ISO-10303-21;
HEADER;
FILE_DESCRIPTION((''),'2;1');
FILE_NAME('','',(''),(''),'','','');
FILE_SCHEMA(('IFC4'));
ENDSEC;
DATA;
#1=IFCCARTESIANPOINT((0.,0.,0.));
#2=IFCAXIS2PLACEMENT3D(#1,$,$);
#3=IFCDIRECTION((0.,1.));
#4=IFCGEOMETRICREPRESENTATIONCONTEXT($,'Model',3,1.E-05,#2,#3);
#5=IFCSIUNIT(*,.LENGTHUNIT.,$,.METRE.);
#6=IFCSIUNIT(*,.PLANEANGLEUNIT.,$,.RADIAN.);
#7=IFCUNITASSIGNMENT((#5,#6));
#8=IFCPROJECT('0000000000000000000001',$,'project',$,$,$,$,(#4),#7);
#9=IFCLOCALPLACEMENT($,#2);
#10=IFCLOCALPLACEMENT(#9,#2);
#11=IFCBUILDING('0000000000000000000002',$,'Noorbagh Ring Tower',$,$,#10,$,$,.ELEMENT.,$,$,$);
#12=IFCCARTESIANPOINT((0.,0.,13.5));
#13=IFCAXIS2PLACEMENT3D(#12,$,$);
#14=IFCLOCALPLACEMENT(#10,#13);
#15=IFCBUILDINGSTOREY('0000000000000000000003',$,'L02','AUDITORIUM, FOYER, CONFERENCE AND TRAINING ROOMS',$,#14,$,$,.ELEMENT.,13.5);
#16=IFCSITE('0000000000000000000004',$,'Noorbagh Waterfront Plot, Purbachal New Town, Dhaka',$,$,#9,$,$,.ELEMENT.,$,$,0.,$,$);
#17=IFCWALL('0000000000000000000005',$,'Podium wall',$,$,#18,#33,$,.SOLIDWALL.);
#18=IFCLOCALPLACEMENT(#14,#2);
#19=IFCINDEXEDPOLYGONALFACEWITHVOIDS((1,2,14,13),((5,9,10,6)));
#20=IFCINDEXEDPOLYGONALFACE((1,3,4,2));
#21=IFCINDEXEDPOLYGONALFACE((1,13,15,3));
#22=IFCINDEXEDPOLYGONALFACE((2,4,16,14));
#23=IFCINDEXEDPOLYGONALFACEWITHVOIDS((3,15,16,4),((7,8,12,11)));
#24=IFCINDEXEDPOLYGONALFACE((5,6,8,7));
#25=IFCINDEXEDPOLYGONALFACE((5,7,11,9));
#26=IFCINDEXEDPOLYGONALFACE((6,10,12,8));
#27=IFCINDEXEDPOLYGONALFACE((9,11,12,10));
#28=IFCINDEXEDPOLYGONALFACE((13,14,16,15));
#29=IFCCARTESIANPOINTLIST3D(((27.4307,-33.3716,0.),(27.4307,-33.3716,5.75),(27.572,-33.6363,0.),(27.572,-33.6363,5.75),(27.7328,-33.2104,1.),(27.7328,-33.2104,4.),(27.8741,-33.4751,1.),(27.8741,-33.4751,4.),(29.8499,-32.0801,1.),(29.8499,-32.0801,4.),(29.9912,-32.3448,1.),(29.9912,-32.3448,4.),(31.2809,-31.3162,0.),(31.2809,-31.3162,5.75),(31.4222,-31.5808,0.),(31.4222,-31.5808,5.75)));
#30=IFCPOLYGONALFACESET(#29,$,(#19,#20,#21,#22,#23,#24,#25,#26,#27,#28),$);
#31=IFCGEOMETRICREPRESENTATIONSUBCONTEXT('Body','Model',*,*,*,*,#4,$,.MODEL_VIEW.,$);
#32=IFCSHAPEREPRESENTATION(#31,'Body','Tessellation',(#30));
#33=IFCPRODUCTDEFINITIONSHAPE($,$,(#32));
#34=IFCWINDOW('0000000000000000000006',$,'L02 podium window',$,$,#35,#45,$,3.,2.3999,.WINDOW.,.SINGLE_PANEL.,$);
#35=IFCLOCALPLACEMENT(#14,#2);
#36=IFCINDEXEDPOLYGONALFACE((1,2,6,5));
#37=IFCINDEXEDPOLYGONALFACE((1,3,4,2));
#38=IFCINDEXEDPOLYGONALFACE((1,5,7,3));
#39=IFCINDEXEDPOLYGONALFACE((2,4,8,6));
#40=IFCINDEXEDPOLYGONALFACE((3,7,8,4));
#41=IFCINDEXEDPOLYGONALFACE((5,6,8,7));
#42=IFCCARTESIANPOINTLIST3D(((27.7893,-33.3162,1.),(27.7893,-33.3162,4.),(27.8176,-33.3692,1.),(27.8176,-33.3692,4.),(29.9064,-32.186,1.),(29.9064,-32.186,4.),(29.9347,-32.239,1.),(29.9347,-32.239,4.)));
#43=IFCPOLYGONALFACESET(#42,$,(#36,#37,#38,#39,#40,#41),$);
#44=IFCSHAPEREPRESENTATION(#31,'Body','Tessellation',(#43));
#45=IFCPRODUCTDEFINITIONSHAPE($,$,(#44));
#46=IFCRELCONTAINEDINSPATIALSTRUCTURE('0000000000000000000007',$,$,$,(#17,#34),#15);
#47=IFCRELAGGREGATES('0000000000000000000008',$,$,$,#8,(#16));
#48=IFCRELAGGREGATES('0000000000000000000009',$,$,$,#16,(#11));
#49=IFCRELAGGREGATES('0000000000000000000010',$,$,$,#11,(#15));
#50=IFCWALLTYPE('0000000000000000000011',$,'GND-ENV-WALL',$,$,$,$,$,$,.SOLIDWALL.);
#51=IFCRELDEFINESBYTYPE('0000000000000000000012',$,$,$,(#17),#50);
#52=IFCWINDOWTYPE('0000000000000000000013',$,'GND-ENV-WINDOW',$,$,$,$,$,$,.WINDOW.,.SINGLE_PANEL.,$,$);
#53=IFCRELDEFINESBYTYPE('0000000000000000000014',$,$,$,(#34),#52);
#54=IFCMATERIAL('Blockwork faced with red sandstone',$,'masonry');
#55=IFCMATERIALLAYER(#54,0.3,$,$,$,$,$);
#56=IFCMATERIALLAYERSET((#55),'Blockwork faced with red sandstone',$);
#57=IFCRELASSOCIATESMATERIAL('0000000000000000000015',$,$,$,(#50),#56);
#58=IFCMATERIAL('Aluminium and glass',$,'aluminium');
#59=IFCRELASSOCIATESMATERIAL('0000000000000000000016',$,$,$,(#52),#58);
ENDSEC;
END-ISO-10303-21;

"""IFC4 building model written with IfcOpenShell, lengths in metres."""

from ifc_helpers import new_model, si_unit, direction, frame, frame_2d, origin, place, context, subcontext, project, spatial, rectangle, extrude, material, layer, layer_set, type_object, element, fill, save


model = new_model("IFC4")

# Units and contexts
model_context = context("Model", 3, precision=1e-05, world=origin(), true_north=direction((0.0, 1.0)))
body_context = subcontext(model_context, "Body", "Model", "MODEL_VIEW")
ifc_project = project(units=[si_unit("LENGTHUNIT", "METRE"), si_unit("PLANEANGLEUNIT", "RADIAN")], contexts=[model_context])

# Site, building, storey
site_placement = place(None, origin())
site = spatial("IfcSite", under=ifc_project, at=site_placement, Name="Noorbagh Waterfront Plot, Purbachal New Town, Dhaka", CompositionType="ELEMENT", RefElevation=0.0)
building_placement = place(site_placement, origin())
building = spatial("IfcBuilding", under=site, at=building_placement, Name="Noorbagh Ring Tower", CompositionType="ELEMENT")
storey_placement = place(building_placement, frame((0.0, 0.0, 13.5)))
storey = spatial("IfcBuildingStorey", under=building, at=storey_placement, Name="L02", Description="AUDITORIUM, FOYER, CONFERENCE AND TRAINING ROOMS", CompositionType="ELEMENT", Elevation=13.5)

# Wall, opening, window
ifc_material_1 = material(Name="Blockwork faced with red sandstone", Category="masonry")
ifc_layer_1 = layer(ifc_material_1, 0.3)
ifc_layer_set_1 = layer_set([ifc_layer_1], Name="Blockwork faced with red sandstone")
wall_type = type_object("IfcWallType", Name="GND-ENV-WALL", PredefinedType="SOLIDWALL", material=ifc_layer_set_1)
ifc_material_2 = material(Name="Aluminium and glass", Category="aluminium")
window_type = type_object("IfcWindowType", Name="GND-ENV-WINDOW", PartitioningType="SINGLE_PANEL", PredefinedType="WINDOW", material=ifc_material_2)
wall_1_placement = place(storey_placement, frame((27.5015, -33.5039, 0.0), z_axis=(0.0, 0.0, 1.0), x_axis=(0.882159, 0.470951, 0.0)))
wall_1 = element("IfcWall", 1, at=wall_1_placement, inside=storey, type_object=wall_type, Name="Podium wall", PredefinedType="SOLIDWALL", context=body_context, shape_type="SweptSolid", body=[
    extrude(rectangle(XDim=4.3645, YDim=0.3, at=frame_2d((2.1821, 0.0))), origin(), (0.0, 0.0, 1.0), 5.75),
])
opening_1_placement = place(wall_1_placement, frame((0.3423, 0.0, 1.0)))
opening_1 = element("IfcOpeningElement", 2, at=opening_1_placement, cuts=wall_1, PredefinedType="OPENING", context=body_context, shape_type="SweptSolid", body=[
    extrude(rectangle(XDim=2.3999, YDim=3.0, at=frame_2d((1.2, 1.5))), frame((0.0, 0.1602, 0.0), z_axis=(0.0, -1.0, 0.0), x_axis=(1.0, 0.0, 0.0)), (0.0, 0.0, 1.0), 0.3201),
])
window_1_placement = place(opening_1_placement, origin())
window_1 = element("IfcWindow", 3, at=window_1_placement, inside=storey, type_object=window_type, Name="L02 podium window", OverallHeight=3.0, OverallWidth=2.3999, PartitioningType="SINGLE_PANEL", PredefinedType="WINDOW", context=body_context, shape_type="SweptSolid", body=[
    extrude(rectangle(XDim=2.3999, YDim=3.0, at=frame_2d((1.2, 1.5))), frame((0.0, 0.03, 0.0), z_axis=(0.0, -1.0, 0.0), x_axis=(1.0, 0.0, 0.0)), (0.0, 0.0, 1.0), 0.0601),
])
fill(opening_1, window_1)

save(model, "model.ifc")
